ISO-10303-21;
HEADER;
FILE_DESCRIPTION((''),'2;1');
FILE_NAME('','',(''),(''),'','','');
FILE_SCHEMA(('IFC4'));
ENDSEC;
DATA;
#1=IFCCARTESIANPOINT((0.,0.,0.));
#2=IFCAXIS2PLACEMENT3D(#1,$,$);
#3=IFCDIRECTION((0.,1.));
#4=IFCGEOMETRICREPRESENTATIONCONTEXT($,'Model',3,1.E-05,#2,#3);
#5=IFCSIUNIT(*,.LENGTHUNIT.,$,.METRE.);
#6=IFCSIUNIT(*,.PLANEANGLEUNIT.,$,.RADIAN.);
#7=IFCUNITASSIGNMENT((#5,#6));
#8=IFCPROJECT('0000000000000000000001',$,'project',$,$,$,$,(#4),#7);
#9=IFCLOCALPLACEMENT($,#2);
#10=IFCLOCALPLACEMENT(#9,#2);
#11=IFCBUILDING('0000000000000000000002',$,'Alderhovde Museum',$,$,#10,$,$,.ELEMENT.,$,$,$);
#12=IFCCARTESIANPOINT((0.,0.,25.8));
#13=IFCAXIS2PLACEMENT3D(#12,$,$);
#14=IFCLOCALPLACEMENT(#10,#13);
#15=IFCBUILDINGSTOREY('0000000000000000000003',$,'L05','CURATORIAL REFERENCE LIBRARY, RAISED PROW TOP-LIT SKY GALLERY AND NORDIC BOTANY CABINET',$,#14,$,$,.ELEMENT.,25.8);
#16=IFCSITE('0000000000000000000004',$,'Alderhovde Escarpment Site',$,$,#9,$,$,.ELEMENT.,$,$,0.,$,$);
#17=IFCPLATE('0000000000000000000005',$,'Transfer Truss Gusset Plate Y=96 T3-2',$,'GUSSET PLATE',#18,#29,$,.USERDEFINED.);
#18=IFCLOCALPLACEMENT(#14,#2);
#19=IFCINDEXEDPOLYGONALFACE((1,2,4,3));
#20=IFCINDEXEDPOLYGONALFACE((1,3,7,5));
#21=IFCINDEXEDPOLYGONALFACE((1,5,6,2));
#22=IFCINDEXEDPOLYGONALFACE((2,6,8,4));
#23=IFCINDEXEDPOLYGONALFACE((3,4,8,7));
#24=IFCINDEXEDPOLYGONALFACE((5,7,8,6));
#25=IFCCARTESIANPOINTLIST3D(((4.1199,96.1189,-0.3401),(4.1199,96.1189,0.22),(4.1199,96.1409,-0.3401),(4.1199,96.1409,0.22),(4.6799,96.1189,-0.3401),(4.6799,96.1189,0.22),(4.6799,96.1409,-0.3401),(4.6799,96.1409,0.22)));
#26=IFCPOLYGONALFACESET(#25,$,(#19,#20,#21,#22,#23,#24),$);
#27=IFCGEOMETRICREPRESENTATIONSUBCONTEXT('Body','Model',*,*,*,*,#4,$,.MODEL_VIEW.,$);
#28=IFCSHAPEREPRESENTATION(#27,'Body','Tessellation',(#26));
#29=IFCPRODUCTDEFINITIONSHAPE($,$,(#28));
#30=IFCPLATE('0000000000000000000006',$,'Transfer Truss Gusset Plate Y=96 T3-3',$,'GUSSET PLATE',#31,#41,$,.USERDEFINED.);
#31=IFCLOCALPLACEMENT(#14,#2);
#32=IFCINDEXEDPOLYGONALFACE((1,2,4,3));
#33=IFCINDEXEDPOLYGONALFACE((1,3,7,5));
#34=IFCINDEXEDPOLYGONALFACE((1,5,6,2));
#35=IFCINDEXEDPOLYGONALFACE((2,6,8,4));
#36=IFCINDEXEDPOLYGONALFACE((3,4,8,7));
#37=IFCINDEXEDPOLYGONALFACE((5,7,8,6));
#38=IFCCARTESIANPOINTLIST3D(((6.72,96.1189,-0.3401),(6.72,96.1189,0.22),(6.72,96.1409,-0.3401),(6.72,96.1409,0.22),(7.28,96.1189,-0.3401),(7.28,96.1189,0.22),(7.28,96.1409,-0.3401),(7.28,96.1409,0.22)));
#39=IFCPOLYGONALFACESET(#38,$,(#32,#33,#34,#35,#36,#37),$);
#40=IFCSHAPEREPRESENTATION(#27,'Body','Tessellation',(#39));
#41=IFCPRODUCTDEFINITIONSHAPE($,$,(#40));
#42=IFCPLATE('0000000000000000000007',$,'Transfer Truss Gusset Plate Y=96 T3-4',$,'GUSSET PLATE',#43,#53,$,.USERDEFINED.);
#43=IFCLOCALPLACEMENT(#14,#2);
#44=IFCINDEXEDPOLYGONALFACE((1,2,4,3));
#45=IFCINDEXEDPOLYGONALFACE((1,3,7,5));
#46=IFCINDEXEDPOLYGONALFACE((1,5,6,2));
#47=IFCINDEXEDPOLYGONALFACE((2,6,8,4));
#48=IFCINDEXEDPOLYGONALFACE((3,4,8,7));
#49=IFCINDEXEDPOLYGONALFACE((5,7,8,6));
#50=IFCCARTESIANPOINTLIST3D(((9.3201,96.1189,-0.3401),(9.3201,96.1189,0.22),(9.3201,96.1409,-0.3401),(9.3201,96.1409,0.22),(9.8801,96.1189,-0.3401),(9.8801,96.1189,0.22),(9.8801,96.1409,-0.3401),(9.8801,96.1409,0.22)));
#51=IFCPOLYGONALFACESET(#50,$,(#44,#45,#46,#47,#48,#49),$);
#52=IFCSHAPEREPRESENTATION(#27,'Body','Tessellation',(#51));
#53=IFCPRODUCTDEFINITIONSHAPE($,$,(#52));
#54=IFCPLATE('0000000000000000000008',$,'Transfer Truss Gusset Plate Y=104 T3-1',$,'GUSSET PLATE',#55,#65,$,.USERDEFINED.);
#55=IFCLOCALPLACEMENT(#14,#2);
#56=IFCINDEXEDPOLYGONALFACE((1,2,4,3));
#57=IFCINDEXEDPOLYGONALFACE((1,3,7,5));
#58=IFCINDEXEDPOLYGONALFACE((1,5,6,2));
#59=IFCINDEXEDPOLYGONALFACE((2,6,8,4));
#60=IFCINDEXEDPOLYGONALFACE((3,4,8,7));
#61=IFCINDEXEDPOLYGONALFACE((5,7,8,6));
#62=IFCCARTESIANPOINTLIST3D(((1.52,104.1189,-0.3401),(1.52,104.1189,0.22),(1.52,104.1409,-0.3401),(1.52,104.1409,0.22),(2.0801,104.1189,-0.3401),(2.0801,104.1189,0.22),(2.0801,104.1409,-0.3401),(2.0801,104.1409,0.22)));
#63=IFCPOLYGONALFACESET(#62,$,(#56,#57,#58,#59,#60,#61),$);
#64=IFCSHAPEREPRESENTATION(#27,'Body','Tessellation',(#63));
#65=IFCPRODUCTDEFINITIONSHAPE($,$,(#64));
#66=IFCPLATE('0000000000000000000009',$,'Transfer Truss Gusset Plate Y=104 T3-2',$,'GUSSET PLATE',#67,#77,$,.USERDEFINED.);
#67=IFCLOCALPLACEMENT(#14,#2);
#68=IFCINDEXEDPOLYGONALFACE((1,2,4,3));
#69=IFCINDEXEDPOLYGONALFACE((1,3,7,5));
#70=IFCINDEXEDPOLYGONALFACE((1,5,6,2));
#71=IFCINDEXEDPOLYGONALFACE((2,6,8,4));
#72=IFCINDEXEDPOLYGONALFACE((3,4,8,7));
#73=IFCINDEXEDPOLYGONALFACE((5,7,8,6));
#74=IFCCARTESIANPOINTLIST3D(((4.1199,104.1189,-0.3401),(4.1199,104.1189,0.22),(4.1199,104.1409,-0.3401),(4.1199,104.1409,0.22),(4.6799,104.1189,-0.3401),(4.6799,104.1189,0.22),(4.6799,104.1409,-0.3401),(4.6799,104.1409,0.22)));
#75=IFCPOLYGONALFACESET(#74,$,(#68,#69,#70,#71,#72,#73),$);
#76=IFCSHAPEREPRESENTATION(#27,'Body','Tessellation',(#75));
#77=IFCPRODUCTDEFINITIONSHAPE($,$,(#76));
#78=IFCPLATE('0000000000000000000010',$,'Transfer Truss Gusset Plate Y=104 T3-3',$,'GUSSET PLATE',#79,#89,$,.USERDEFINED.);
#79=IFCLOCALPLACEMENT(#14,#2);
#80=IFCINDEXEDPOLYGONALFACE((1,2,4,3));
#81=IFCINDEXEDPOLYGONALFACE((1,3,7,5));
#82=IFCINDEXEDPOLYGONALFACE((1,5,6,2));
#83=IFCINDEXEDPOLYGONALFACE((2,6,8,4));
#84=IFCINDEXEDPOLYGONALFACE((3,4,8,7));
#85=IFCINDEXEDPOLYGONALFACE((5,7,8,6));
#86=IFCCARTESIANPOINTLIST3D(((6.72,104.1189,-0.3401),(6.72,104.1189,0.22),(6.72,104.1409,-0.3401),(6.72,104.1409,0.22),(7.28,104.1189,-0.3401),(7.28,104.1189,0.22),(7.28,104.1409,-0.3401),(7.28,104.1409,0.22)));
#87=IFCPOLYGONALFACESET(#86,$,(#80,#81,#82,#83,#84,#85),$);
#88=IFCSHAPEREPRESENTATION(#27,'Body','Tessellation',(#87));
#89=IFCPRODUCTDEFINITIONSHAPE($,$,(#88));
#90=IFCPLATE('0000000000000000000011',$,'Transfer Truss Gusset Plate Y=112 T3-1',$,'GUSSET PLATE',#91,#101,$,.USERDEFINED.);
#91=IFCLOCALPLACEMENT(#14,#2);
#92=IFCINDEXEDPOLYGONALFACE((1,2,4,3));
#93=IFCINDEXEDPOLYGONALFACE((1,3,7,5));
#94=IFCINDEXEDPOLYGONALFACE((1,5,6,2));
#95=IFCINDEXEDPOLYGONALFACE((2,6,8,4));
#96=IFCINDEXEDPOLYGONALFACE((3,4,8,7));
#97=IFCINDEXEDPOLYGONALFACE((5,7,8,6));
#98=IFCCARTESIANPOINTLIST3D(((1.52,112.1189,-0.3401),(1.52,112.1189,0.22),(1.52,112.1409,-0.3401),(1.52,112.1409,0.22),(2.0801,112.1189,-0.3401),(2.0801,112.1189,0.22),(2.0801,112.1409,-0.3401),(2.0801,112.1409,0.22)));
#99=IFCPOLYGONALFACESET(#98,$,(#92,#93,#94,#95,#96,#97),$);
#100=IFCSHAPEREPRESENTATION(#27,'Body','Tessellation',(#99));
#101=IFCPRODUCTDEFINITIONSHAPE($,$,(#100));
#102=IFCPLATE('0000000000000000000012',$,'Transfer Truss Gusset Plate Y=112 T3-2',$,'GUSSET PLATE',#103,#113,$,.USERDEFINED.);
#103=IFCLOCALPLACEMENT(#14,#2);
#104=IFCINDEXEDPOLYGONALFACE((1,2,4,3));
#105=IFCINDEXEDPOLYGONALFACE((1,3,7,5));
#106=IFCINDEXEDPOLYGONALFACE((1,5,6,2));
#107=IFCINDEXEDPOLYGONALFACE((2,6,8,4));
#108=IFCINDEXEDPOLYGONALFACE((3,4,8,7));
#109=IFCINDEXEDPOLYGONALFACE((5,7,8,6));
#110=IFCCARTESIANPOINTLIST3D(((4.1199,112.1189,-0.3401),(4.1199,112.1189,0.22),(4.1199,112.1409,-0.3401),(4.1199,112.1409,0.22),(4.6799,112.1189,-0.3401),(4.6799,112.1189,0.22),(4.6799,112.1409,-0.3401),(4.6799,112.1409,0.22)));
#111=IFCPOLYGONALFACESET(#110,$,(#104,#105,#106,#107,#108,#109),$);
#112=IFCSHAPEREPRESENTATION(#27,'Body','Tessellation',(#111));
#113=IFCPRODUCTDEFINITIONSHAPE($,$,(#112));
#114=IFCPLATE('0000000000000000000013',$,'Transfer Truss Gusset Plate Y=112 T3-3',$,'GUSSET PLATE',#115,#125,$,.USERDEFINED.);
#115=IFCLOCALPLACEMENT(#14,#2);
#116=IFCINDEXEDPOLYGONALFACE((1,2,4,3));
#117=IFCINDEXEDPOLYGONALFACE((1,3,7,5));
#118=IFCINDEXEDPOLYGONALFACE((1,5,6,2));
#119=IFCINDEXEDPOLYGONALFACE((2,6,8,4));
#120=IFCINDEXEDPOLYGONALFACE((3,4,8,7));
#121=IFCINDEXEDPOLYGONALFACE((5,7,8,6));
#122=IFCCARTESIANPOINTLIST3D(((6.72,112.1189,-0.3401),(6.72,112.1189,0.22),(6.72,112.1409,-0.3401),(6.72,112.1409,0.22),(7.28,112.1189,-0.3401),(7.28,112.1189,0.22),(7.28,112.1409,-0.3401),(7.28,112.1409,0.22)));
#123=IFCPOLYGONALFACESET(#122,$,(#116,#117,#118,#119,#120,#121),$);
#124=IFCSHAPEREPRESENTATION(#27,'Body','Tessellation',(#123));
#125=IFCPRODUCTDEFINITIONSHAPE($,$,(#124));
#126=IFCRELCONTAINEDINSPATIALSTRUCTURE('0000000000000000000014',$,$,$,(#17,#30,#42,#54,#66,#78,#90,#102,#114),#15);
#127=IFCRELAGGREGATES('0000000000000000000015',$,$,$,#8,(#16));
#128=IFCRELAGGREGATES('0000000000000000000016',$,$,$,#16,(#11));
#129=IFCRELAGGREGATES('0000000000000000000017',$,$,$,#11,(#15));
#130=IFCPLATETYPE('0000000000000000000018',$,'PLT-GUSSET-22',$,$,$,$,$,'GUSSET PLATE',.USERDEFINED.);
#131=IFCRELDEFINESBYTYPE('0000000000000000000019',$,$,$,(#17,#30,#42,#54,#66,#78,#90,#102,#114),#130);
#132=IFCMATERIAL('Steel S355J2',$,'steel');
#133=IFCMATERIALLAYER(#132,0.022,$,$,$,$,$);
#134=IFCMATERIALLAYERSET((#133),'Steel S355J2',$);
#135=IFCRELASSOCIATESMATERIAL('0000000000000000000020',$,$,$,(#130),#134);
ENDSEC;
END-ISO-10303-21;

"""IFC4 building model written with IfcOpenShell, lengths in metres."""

from ifc_helpers import new_model, si_unit, direction, frame, origin, origin_2d, place, context, subcontext, project, spatial, rectangle, extrude, material, layer, layer_set, type_object, element, save


model = new_model("IFC4")

# Units and contexts
model_context = context("Model", 3, precision=1e-05, world=origin(), true_north=direction((0.0, 1.0)))
body_context = subcontext(model_context, "Body", "Model", "MODEL_VIEW")
ifc_project = project(units=[si_unit("LENGTHUNIT", "METRE"), si_unit("PLANEANGLEUNIT", "RADIAN")], contexts=[model_context])

# Site, building, storey
site_placement = place(None, origin())
site = spatial("IfcSite", under=ifc_project, at=site_placement, Name="Alderhovde Escarpment Site", CompositionType="ELEMENT", RefElevation=0.0)
building_placement = place(site_placement, origin())
building = spatial("IfcBuilding", under=site, at=building_placement, Name="Alderhovde Museum", CompositionType="ELEMENT")
storey_placement = place(building_placement, frame((0.0, 0.0, 25.8)))
storey = spatial("IfcBuildingStorey", under=building, at=storey_placement, Name="L05", Description="CURATORIAL REFERENCE LIBRARY, RAISED PROW TOP-LIT SKY GALLERY AND NORDIC BOTANY CABINET", CompositionType="ELEMENT", Elevation=25.8)

# Plates
ifc_material_1 = material(Name="Steel S355J2", Category="steel")
ifc_layer = layer(ifc_material_1, 0.022)
ifc_layer_set = layer_set([ifc_layer], Name="Steel S355J2")
plate_type = type_object("IfcPlateType", Name="PLT-GUSSET-22", ElementType="GUSSET PLATE", PredefinedType="USERDEFINED", material=ifc_layer_set)
for number, where, z_axis, x_axis, name in (
    (1, (4.3999, 96.1299, -0.3401), (0.0, 0.0, 1.0), (1.0, 0.0, 0.0), "Transfer Truss Gusset Plate Y=96 T3-2"),
    (2, (7.0, 96.1299, -0.3401), (0.0, 0.0, 1.0), (1.0, 0.0, 0.0), "Transfer Truss Gusset Plate Y=96 T3-3"),
    (3, (9.6001, 96.1299, -0.3401), (0.0, 0.0, 1.0), (1.0, 0.0, 0.0), "Transfer Truss Gusset Plate Y=96 T3-4"),
    (4, (1.8, 104.1299, -0.3401), (0.0, 0.0, 1.0), (1.0, 0.0, 0.0), "Transfer Truss Gusset Plate Y=104 T3-1"),
    (5, (4.3999, 104.1299, -0.3401), (0.0, 0.0, 1.0), (1.0, 0.0, 0.0), "Transfer Truss Gusset Plate Y=104 T3-2"),
    (6, (7.0, 104.1299, -0.3401), (0.0, 0.0, 1.0), (1.0, 0.0, 0.0), "Transfer Truss Gusset Plate Y=104 T3-3"),
    (7, (1.8, 112.1299, -0.3401), (0.0, 0.0, 1.0), (1.0, 0.0, 0.0), "Transfer Truss Gusset Plate Y=112 T3-1"),
    (8, (4.3999, 112.1299, -0.3401), (0.0, 0.0, 1.0), (1.0, 0.0, 0.0), "Transfer Truss Gusset Plate Y=112 T3-2"),
    (9, (7.0, 112.1299, -0.3401), (0.0, 0.0, 1.0), (1.0, 0.0, 0.0), "Transfer Truss Gusset Plate Y=112 T3-3"),
):
    element("IfcPlate", number, at=place(storey_placement, frame(where, z_axis=z_axis, x_axis=x_axis)), inside=storey, type_object=plate_type, Name=name, ObjectType="GUSSET PLATE", PredefinedType="USERDEFINED", context=body_context, shape_type="SweptSolid", body=[
        extrude(rectangle(XDim=0.5601, YDim=0.022, at=origin_2d()), origin(), (0.0, 0.0, 1.0), 0.5601),
    ])

save(model, "model.ifc")
